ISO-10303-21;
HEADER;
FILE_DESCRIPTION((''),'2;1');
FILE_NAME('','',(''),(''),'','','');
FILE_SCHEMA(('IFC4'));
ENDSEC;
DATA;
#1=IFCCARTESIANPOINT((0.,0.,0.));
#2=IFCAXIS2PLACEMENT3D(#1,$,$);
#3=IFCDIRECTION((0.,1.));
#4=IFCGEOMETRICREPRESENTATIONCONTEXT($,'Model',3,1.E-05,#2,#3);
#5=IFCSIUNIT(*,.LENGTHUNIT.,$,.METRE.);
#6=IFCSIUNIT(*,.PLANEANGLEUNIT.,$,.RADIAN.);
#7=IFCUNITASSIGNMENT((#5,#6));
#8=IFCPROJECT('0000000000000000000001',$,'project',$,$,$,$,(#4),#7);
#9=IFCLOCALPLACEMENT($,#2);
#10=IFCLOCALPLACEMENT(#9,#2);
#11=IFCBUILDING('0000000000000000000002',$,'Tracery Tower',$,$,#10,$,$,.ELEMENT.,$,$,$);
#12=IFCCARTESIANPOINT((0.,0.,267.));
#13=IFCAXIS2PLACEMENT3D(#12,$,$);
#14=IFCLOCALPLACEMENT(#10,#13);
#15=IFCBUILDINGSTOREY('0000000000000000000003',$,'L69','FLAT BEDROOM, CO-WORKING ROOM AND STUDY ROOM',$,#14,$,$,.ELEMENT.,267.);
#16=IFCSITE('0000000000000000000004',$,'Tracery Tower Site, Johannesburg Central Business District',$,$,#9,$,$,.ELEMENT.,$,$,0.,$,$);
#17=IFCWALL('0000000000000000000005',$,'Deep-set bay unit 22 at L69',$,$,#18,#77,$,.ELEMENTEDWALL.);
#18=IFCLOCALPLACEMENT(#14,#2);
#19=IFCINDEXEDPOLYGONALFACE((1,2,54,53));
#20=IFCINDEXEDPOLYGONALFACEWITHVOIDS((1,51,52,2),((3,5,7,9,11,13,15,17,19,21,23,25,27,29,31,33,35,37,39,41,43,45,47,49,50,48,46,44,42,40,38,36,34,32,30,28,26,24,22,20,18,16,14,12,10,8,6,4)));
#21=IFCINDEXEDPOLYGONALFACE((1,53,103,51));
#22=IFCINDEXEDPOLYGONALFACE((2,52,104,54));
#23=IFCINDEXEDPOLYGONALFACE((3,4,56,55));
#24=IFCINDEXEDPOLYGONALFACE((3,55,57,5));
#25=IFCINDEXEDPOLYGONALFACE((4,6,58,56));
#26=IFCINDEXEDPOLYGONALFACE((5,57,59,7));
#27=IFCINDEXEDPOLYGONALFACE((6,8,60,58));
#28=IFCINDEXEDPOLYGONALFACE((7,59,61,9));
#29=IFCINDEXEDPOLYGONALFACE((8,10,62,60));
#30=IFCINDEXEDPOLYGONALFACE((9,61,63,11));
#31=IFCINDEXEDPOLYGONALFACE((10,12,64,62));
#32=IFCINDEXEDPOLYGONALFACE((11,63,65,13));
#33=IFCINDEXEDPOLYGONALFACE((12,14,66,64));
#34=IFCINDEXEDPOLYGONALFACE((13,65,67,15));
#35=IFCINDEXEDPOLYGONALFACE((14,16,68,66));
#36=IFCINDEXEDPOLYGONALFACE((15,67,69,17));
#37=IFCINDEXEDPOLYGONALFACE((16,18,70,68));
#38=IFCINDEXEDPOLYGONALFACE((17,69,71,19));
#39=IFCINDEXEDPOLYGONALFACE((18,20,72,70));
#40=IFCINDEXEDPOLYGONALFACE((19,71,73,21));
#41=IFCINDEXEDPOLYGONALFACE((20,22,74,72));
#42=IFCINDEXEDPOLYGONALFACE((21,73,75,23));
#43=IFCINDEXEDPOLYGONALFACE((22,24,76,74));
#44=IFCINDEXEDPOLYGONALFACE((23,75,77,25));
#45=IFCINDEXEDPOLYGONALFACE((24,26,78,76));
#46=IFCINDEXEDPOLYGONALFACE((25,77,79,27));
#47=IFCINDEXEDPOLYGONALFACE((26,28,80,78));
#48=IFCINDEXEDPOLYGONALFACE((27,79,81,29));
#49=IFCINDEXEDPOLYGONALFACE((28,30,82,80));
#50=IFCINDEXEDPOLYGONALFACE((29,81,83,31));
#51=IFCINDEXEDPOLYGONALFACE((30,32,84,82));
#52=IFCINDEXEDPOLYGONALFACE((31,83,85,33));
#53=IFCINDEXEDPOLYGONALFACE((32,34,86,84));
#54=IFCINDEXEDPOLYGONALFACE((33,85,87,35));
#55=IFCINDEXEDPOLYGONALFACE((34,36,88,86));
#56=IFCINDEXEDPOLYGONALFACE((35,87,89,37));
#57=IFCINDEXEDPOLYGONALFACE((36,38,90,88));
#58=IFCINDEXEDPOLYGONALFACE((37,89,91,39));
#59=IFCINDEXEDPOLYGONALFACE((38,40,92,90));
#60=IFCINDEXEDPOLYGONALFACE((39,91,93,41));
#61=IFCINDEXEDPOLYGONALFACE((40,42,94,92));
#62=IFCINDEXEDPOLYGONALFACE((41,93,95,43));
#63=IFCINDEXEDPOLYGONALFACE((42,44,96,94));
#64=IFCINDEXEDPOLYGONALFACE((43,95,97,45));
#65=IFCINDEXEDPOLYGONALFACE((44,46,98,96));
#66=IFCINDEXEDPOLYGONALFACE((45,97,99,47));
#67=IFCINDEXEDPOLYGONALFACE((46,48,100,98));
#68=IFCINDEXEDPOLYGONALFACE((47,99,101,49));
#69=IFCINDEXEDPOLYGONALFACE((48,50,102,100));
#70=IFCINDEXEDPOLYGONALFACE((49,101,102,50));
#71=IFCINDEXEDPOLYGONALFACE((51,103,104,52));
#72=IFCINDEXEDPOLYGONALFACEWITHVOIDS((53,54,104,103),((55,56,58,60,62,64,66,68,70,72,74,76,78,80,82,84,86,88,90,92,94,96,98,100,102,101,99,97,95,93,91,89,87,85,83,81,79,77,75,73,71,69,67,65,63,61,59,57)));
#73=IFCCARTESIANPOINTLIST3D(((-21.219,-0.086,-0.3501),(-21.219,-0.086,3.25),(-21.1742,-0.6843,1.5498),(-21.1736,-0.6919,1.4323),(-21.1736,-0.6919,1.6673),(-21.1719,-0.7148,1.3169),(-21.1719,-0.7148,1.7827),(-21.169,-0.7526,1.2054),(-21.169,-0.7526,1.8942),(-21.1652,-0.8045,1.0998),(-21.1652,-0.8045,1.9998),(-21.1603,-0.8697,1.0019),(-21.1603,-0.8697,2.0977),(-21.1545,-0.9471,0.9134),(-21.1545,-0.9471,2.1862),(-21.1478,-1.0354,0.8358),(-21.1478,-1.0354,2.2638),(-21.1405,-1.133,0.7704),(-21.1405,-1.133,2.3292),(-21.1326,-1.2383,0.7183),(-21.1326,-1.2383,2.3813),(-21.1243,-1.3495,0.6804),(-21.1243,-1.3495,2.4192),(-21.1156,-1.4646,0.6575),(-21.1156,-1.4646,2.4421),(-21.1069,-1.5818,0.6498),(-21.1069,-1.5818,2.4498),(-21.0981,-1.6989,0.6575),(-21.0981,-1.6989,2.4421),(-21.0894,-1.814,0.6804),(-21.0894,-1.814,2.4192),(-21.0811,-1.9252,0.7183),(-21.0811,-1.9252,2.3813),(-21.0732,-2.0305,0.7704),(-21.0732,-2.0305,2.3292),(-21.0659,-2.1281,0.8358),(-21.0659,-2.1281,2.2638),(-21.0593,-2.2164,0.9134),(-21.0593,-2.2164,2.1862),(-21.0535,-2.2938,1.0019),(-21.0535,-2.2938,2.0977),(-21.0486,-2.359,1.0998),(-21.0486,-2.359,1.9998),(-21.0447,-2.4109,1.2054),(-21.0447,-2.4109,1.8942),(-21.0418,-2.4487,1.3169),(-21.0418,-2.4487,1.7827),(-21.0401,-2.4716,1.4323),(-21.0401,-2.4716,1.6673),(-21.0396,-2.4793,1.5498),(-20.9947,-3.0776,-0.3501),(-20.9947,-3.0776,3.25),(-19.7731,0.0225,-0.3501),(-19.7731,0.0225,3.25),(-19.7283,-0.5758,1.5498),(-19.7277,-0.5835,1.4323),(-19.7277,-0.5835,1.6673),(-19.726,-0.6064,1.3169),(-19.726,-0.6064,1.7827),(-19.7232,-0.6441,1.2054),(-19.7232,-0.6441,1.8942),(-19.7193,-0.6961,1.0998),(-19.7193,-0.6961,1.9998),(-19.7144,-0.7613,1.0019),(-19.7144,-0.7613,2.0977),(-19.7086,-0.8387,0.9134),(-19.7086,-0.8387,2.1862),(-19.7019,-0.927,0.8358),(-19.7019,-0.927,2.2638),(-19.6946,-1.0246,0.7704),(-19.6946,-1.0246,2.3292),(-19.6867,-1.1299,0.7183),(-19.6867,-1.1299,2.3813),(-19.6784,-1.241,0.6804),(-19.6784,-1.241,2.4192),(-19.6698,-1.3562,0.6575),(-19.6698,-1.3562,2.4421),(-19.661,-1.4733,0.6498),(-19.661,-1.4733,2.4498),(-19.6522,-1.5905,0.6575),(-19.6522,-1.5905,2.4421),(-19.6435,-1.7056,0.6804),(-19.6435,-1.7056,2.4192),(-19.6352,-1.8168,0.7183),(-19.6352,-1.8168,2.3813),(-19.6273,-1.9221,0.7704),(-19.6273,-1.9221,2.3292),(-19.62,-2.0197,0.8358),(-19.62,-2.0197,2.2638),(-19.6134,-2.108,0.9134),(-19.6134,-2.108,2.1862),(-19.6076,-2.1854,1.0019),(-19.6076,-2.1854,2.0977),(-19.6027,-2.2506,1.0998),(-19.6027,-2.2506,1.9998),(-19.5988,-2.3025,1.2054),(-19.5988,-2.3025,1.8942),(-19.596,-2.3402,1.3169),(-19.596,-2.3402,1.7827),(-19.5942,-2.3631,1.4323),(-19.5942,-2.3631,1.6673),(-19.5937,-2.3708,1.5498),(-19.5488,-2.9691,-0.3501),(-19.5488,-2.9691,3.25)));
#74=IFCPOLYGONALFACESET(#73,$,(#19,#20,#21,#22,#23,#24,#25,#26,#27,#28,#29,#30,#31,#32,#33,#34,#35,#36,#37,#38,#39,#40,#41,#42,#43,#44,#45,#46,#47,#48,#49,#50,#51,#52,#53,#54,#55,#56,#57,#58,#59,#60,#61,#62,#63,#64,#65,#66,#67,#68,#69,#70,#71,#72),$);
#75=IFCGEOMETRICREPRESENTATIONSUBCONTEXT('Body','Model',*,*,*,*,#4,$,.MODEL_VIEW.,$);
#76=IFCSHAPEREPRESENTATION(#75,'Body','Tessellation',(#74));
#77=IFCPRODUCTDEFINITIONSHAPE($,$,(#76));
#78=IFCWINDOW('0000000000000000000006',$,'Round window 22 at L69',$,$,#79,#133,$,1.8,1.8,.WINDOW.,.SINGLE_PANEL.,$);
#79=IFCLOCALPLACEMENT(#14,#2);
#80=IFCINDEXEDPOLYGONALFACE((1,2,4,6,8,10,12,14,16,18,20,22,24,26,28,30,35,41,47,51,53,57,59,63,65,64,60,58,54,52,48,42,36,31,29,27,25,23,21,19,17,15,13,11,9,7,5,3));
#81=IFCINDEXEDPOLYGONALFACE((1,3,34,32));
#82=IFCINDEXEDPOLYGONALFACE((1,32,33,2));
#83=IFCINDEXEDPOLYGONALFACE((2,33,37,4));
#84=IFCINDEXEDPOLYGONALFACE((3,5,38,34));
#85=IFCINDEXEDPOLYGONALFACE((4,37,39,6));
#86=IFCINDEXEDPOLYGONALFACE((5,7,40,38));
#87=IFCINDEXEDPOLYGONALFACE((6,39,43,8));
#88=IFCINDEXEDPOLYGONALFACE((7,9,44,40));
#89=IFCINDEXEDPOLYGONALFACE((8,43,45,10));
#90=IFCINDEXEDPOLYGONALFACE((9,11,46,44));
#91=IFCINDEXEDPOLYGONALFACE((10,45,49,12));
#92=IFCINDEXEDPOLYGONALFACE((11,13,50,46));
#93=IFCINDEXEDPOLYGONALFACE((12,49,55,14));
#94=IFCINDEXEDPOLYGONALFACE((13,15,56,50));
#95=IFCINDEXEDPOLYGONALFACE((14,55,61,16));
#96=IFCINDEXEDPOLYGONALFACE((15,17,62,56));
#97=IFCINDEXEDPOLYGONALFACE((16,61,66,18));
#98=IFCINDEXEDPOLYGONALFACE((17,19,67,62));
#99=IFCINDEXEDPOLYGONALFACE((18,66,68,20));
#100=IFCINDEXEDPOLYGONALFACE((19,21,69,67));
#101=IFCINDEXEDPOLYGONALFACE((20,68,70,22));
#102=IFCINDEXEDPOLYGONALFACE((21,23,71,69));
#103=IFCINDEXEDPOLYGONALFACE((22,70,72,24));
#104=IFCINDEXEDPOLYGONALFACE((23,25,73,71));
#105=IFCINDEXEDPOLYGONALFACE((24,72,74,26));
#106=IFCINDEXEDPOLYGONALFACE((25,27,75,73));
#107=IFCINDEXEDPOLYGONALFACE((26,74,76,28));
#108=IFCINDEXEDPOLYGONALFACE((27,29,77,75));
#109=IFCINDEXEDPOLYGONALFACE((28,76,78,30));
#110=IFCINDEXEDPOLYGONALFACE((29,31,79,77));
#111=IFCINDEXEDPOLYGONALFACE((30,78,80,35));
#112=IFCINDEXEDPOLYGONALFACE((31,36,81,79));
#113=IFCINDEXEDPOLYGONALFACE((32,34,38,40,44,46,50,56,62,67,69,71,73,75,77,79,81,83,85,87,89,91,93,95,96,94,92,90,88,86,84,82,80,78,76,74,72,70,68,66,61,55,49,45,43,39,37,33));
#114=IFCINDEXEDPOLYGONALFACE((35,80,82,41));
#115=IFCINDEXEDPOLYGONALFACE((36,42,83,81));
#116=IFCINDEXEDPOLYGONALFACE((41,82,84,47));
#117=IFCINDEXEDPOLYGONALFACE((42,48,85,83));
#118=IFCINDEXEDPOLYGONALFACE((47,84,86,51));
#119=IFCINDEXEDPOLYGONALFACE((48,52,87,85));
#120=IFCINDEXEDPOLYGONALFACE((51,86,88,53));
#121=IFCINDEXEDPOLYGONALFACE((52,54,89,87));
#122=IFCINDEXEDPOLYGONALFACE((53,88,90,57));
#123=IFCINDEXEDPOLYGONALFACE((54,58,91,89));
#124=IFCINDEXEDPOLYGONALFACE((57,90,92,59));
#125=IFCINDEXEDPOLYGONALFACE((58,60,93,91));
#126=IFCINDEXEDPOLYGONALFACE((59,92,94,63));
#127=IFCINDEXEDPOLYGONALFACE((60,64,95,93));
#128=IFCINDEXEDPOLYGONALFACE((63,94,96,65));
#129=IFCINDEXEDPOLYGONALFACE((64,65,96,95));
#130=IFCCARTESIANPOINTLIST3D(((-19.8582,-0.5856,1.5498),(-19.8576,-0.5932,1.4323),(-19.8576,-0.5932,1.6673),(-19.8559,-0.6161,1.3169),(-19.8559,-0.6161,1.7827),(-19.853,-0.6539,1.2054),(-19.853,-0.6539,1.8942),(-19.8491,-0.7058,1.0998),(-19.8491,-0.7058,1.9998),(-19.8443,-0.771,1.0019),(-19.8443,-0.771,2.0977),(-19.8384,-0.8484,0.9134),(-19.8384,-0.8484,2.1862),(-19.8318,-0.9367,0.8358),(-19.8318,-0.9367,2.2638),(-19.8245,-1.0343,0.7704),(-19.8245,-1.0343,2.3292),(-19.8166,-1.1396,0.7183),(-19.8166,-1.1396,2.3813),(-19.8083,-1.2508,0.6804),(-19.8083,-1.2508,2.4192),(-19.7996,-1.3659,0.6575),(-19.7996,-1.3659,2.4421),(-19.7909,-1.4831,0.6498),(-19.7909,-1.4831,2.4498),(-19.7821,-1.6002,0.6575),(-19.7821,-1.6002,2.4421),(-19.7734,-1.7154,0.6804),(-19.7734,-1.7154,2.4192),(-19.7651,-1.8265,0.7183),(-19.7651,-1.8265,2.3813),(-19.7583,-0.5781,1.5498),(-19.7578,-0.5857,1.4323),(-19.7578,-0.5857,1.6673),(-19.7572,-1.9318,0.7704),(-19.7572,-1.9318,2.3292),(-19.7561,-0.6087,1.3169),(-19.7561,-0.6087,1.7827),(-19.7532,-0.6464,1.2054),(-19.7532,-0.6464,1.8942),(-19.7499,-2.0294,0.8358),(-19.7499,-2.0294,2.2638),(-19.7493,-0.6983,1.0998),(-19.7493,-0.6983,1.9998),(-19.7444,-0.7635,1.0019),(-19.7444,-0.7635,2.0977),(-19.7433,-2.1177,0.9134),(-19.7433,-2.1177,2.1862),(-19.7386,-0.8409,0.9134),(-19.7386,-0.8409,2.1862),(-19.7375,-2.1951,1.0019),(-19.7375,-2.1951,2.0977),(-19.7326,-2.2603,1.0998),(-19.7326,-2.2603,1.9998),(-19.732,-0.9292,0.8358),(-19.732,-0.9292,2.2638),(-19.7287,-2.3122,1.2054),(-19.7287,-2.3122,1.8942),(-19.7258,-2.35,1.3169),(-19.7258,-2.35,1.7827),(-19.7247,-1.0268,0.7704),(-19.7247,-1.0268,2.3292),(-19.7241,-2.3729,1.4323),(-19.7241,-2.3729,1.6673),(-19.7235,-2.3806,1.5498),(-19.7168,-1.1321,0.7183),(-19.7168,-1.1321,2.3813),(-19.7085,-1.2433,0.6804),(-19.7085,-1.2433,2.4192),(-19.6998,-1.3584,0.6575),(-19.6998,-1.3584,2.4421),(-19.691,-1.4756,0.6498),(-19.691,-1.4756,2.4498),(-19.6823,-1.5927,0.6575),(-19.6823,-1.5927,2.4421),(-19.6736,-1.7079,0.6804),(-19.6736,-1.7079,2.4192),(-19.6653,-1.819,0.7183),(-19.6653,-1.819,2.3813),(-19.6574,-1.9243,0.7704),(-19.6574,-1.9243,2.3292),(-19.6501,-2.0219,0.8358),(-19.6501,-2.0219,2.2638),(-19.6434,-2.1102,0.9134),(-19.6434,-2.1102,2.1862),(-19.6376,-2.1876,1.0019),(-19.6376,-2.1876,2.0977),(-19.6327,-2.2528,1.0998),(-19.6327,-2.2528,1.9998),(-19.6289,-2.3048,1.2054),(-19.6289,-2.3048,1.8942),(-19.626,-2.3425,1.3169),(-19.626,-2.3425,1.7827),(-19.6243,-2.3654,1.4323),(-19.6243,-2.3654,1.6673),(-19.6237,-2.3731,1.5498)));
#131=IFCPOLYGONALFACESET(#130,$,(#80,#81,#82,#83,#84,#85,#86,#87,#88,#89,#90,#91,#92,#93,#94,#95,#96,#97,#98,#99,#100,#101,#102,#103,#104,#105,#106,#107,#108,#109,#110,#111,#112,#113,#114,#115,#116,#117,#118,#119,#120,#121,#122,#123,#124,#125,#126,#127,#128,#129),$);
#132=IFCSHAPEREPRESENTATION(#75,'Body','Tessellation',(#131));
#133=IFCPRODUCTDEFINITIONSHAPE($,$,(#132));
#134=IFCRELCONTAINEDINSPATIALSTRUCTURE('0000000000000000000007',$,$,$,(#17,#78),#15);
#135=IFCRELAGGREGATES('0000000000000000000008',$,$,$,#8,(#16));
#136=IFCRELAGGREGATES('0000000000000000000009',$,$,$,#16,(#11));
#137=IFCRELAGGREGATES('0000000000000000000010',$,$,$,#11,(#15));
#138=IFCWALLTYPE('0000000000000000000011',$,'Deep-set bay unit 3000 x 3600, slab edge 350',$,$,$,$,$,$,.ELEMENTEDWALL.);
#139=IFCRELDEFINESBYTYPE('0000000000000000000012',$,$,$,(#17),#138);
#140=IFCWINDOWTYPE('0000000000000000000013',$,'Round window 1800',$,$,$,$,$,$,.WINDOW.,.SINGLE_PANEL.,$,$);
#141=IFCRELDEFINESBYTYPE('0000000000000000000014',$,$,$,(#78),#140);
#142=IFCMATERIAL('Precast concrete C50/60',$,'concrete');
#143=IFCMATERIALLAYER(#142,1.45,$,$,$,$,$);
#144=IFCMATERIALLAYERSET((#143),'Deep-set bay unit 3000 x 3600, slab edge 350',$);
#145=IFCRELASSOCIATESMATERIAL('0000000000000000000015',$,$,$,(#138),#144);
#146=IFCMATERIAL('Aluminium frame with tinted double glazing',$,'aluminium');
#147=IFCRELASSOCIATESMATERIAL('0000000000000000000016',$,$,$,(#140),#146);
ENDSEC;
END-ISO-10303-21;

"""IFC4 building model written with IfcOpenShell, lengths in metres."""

from ifc_helpers import new_model, si_unit, direction, frame, frame_2d, origin, origin_2d, place, context, subcontext, project, spatial, rectangle, circle, extrude, material, layer, layer_set, type_object, element, fill, save


model = new_model("IFC4")

# Units and contexts
model_context = context("Model", 3, precision=1e-05, world=origin(), true_north=direction((0.0, 1.0)))
body_context = subcontext(model_context, "Body", "Model", "MODEL_VIEW")
ifc_project = project(units=[si_unit("LENGTHUNIT", "METRE"), si_unit("PLANEANGLEUNIT", "RADIAN")], contexts=[model_context])

# Site, building, storey
site_placement = place(None, origin())
site = spatial("IfcSite", under=ifc_project, at=site_placement, Name="Tracery Tower Site, Johannesburg Central Business District", CompositionType="ELEMENT", RefElevation=0.0)
building_placement = place(site_placement, origin())
building = spatial("IfcBuilding", under=site, at=building_placement, Name="Tracery Tower", CompositionType="ELEMENT")
storey_placement = place(building_placement, frame((0.0, 0.0, 267.0)))
storey = spatial("IfcBuildingStorey", under=building, at=storey_placement, Name="L69", Description="FLAT BEDROOM, CO-WORKING ROOM AND STUDY ROOM", CompositionType="ELEMENT", Elevation=267.0)

# Wall, opening, window
ifc_material_1 = material(Name="Precast concrete C50/60", Category="concrete")
ifc_layer_1 = layer(ifc_material_1, 1.45)
ifc_layer_set_1 = layer_set([ifc_layer_1], Name="Deep-set bay unit 3000 x 3600, slab edge 350")
wall_type_1 = type_object("IfcWallType", Name="Deep-set bay unit 3000 x 3600, slab edge 350", PredefinedType="ELEMENTEDWALL", material=ifc_layer_set_1)
wall_1_placement = place(storey_placement, frame((-20.4961, -0.0317, -0.3501), z_axis=(0.0, 0.0, 1.0), x_axis=(0.074786, -0.9972, 0.0)))
wall_1 = element("IfcWall", 1, at=wall_1_placement, inside=storey, type_object=wall_type_1, Name="Deep-set bay unit 22 at L69", PredefinedType="ELEMENTEDWALL", context=body_context, shape_type="SweptSolid", body=[
    extrude(rectangle(XDim=3.0, YDim=1.45, at=frame_2d((1.5, 0.0))), origin(), (0.0, 0.0, 1.0), 3.6001),
])
opening_1_placement = place(wall_1_placement, frame((1.5, 0.0, 1.8999)))
opening_1 = element("IfcOpeningElement", 2, at=opening_1_placement, cuts=wall_1, PredefinedType="OPENING", context=body_context, shape_type="SweptSolid", body=[
    extrude(circle(Radius=0.9, at=origin_2d()), frame((0.0, 0.7349, 0.0), z_axis=(0.0, -1.0, 0.0), x_axis=(1.0, 0.0, 0.0)), (0.0, 0.0, 1.0), 1.47),
])
ifc_material_2 = material(Name="Aluminium frame with tinted double glazing", Category="aluminium")
window_type = type_object("IfcWindowType", Name="Round window 1800", PartitioningType="SINGLE_PANEL", PredefinedType="WINDOW", material=ifc_material_2)
window_1_placement = place(opening_1_placement, origin())
window_1 = element("IfcWindow", 3, at=window_1_placement, inside=storey, type_object=window_type, Name="Round window 22 at L69", OverallHeight=1.8, OverallWidth=1.8, PartitioningType="SINGLE_PANEL", PredefinedType="WINDOW", context=body_context, shape_type="SweptSolid", body=[
    extrude(circle(Radius=0.9, at=origin_2d()), frame((0.0, 0.6948, 0.0), z_axis=(0.0, -1.0, 0.0), x_axis=(1.0, 0.0, 0.0)), (0.0, 0.0, 1.0), 0.1001),
])
fill(opening_1, window_1)

save(model, "model.ifc")
